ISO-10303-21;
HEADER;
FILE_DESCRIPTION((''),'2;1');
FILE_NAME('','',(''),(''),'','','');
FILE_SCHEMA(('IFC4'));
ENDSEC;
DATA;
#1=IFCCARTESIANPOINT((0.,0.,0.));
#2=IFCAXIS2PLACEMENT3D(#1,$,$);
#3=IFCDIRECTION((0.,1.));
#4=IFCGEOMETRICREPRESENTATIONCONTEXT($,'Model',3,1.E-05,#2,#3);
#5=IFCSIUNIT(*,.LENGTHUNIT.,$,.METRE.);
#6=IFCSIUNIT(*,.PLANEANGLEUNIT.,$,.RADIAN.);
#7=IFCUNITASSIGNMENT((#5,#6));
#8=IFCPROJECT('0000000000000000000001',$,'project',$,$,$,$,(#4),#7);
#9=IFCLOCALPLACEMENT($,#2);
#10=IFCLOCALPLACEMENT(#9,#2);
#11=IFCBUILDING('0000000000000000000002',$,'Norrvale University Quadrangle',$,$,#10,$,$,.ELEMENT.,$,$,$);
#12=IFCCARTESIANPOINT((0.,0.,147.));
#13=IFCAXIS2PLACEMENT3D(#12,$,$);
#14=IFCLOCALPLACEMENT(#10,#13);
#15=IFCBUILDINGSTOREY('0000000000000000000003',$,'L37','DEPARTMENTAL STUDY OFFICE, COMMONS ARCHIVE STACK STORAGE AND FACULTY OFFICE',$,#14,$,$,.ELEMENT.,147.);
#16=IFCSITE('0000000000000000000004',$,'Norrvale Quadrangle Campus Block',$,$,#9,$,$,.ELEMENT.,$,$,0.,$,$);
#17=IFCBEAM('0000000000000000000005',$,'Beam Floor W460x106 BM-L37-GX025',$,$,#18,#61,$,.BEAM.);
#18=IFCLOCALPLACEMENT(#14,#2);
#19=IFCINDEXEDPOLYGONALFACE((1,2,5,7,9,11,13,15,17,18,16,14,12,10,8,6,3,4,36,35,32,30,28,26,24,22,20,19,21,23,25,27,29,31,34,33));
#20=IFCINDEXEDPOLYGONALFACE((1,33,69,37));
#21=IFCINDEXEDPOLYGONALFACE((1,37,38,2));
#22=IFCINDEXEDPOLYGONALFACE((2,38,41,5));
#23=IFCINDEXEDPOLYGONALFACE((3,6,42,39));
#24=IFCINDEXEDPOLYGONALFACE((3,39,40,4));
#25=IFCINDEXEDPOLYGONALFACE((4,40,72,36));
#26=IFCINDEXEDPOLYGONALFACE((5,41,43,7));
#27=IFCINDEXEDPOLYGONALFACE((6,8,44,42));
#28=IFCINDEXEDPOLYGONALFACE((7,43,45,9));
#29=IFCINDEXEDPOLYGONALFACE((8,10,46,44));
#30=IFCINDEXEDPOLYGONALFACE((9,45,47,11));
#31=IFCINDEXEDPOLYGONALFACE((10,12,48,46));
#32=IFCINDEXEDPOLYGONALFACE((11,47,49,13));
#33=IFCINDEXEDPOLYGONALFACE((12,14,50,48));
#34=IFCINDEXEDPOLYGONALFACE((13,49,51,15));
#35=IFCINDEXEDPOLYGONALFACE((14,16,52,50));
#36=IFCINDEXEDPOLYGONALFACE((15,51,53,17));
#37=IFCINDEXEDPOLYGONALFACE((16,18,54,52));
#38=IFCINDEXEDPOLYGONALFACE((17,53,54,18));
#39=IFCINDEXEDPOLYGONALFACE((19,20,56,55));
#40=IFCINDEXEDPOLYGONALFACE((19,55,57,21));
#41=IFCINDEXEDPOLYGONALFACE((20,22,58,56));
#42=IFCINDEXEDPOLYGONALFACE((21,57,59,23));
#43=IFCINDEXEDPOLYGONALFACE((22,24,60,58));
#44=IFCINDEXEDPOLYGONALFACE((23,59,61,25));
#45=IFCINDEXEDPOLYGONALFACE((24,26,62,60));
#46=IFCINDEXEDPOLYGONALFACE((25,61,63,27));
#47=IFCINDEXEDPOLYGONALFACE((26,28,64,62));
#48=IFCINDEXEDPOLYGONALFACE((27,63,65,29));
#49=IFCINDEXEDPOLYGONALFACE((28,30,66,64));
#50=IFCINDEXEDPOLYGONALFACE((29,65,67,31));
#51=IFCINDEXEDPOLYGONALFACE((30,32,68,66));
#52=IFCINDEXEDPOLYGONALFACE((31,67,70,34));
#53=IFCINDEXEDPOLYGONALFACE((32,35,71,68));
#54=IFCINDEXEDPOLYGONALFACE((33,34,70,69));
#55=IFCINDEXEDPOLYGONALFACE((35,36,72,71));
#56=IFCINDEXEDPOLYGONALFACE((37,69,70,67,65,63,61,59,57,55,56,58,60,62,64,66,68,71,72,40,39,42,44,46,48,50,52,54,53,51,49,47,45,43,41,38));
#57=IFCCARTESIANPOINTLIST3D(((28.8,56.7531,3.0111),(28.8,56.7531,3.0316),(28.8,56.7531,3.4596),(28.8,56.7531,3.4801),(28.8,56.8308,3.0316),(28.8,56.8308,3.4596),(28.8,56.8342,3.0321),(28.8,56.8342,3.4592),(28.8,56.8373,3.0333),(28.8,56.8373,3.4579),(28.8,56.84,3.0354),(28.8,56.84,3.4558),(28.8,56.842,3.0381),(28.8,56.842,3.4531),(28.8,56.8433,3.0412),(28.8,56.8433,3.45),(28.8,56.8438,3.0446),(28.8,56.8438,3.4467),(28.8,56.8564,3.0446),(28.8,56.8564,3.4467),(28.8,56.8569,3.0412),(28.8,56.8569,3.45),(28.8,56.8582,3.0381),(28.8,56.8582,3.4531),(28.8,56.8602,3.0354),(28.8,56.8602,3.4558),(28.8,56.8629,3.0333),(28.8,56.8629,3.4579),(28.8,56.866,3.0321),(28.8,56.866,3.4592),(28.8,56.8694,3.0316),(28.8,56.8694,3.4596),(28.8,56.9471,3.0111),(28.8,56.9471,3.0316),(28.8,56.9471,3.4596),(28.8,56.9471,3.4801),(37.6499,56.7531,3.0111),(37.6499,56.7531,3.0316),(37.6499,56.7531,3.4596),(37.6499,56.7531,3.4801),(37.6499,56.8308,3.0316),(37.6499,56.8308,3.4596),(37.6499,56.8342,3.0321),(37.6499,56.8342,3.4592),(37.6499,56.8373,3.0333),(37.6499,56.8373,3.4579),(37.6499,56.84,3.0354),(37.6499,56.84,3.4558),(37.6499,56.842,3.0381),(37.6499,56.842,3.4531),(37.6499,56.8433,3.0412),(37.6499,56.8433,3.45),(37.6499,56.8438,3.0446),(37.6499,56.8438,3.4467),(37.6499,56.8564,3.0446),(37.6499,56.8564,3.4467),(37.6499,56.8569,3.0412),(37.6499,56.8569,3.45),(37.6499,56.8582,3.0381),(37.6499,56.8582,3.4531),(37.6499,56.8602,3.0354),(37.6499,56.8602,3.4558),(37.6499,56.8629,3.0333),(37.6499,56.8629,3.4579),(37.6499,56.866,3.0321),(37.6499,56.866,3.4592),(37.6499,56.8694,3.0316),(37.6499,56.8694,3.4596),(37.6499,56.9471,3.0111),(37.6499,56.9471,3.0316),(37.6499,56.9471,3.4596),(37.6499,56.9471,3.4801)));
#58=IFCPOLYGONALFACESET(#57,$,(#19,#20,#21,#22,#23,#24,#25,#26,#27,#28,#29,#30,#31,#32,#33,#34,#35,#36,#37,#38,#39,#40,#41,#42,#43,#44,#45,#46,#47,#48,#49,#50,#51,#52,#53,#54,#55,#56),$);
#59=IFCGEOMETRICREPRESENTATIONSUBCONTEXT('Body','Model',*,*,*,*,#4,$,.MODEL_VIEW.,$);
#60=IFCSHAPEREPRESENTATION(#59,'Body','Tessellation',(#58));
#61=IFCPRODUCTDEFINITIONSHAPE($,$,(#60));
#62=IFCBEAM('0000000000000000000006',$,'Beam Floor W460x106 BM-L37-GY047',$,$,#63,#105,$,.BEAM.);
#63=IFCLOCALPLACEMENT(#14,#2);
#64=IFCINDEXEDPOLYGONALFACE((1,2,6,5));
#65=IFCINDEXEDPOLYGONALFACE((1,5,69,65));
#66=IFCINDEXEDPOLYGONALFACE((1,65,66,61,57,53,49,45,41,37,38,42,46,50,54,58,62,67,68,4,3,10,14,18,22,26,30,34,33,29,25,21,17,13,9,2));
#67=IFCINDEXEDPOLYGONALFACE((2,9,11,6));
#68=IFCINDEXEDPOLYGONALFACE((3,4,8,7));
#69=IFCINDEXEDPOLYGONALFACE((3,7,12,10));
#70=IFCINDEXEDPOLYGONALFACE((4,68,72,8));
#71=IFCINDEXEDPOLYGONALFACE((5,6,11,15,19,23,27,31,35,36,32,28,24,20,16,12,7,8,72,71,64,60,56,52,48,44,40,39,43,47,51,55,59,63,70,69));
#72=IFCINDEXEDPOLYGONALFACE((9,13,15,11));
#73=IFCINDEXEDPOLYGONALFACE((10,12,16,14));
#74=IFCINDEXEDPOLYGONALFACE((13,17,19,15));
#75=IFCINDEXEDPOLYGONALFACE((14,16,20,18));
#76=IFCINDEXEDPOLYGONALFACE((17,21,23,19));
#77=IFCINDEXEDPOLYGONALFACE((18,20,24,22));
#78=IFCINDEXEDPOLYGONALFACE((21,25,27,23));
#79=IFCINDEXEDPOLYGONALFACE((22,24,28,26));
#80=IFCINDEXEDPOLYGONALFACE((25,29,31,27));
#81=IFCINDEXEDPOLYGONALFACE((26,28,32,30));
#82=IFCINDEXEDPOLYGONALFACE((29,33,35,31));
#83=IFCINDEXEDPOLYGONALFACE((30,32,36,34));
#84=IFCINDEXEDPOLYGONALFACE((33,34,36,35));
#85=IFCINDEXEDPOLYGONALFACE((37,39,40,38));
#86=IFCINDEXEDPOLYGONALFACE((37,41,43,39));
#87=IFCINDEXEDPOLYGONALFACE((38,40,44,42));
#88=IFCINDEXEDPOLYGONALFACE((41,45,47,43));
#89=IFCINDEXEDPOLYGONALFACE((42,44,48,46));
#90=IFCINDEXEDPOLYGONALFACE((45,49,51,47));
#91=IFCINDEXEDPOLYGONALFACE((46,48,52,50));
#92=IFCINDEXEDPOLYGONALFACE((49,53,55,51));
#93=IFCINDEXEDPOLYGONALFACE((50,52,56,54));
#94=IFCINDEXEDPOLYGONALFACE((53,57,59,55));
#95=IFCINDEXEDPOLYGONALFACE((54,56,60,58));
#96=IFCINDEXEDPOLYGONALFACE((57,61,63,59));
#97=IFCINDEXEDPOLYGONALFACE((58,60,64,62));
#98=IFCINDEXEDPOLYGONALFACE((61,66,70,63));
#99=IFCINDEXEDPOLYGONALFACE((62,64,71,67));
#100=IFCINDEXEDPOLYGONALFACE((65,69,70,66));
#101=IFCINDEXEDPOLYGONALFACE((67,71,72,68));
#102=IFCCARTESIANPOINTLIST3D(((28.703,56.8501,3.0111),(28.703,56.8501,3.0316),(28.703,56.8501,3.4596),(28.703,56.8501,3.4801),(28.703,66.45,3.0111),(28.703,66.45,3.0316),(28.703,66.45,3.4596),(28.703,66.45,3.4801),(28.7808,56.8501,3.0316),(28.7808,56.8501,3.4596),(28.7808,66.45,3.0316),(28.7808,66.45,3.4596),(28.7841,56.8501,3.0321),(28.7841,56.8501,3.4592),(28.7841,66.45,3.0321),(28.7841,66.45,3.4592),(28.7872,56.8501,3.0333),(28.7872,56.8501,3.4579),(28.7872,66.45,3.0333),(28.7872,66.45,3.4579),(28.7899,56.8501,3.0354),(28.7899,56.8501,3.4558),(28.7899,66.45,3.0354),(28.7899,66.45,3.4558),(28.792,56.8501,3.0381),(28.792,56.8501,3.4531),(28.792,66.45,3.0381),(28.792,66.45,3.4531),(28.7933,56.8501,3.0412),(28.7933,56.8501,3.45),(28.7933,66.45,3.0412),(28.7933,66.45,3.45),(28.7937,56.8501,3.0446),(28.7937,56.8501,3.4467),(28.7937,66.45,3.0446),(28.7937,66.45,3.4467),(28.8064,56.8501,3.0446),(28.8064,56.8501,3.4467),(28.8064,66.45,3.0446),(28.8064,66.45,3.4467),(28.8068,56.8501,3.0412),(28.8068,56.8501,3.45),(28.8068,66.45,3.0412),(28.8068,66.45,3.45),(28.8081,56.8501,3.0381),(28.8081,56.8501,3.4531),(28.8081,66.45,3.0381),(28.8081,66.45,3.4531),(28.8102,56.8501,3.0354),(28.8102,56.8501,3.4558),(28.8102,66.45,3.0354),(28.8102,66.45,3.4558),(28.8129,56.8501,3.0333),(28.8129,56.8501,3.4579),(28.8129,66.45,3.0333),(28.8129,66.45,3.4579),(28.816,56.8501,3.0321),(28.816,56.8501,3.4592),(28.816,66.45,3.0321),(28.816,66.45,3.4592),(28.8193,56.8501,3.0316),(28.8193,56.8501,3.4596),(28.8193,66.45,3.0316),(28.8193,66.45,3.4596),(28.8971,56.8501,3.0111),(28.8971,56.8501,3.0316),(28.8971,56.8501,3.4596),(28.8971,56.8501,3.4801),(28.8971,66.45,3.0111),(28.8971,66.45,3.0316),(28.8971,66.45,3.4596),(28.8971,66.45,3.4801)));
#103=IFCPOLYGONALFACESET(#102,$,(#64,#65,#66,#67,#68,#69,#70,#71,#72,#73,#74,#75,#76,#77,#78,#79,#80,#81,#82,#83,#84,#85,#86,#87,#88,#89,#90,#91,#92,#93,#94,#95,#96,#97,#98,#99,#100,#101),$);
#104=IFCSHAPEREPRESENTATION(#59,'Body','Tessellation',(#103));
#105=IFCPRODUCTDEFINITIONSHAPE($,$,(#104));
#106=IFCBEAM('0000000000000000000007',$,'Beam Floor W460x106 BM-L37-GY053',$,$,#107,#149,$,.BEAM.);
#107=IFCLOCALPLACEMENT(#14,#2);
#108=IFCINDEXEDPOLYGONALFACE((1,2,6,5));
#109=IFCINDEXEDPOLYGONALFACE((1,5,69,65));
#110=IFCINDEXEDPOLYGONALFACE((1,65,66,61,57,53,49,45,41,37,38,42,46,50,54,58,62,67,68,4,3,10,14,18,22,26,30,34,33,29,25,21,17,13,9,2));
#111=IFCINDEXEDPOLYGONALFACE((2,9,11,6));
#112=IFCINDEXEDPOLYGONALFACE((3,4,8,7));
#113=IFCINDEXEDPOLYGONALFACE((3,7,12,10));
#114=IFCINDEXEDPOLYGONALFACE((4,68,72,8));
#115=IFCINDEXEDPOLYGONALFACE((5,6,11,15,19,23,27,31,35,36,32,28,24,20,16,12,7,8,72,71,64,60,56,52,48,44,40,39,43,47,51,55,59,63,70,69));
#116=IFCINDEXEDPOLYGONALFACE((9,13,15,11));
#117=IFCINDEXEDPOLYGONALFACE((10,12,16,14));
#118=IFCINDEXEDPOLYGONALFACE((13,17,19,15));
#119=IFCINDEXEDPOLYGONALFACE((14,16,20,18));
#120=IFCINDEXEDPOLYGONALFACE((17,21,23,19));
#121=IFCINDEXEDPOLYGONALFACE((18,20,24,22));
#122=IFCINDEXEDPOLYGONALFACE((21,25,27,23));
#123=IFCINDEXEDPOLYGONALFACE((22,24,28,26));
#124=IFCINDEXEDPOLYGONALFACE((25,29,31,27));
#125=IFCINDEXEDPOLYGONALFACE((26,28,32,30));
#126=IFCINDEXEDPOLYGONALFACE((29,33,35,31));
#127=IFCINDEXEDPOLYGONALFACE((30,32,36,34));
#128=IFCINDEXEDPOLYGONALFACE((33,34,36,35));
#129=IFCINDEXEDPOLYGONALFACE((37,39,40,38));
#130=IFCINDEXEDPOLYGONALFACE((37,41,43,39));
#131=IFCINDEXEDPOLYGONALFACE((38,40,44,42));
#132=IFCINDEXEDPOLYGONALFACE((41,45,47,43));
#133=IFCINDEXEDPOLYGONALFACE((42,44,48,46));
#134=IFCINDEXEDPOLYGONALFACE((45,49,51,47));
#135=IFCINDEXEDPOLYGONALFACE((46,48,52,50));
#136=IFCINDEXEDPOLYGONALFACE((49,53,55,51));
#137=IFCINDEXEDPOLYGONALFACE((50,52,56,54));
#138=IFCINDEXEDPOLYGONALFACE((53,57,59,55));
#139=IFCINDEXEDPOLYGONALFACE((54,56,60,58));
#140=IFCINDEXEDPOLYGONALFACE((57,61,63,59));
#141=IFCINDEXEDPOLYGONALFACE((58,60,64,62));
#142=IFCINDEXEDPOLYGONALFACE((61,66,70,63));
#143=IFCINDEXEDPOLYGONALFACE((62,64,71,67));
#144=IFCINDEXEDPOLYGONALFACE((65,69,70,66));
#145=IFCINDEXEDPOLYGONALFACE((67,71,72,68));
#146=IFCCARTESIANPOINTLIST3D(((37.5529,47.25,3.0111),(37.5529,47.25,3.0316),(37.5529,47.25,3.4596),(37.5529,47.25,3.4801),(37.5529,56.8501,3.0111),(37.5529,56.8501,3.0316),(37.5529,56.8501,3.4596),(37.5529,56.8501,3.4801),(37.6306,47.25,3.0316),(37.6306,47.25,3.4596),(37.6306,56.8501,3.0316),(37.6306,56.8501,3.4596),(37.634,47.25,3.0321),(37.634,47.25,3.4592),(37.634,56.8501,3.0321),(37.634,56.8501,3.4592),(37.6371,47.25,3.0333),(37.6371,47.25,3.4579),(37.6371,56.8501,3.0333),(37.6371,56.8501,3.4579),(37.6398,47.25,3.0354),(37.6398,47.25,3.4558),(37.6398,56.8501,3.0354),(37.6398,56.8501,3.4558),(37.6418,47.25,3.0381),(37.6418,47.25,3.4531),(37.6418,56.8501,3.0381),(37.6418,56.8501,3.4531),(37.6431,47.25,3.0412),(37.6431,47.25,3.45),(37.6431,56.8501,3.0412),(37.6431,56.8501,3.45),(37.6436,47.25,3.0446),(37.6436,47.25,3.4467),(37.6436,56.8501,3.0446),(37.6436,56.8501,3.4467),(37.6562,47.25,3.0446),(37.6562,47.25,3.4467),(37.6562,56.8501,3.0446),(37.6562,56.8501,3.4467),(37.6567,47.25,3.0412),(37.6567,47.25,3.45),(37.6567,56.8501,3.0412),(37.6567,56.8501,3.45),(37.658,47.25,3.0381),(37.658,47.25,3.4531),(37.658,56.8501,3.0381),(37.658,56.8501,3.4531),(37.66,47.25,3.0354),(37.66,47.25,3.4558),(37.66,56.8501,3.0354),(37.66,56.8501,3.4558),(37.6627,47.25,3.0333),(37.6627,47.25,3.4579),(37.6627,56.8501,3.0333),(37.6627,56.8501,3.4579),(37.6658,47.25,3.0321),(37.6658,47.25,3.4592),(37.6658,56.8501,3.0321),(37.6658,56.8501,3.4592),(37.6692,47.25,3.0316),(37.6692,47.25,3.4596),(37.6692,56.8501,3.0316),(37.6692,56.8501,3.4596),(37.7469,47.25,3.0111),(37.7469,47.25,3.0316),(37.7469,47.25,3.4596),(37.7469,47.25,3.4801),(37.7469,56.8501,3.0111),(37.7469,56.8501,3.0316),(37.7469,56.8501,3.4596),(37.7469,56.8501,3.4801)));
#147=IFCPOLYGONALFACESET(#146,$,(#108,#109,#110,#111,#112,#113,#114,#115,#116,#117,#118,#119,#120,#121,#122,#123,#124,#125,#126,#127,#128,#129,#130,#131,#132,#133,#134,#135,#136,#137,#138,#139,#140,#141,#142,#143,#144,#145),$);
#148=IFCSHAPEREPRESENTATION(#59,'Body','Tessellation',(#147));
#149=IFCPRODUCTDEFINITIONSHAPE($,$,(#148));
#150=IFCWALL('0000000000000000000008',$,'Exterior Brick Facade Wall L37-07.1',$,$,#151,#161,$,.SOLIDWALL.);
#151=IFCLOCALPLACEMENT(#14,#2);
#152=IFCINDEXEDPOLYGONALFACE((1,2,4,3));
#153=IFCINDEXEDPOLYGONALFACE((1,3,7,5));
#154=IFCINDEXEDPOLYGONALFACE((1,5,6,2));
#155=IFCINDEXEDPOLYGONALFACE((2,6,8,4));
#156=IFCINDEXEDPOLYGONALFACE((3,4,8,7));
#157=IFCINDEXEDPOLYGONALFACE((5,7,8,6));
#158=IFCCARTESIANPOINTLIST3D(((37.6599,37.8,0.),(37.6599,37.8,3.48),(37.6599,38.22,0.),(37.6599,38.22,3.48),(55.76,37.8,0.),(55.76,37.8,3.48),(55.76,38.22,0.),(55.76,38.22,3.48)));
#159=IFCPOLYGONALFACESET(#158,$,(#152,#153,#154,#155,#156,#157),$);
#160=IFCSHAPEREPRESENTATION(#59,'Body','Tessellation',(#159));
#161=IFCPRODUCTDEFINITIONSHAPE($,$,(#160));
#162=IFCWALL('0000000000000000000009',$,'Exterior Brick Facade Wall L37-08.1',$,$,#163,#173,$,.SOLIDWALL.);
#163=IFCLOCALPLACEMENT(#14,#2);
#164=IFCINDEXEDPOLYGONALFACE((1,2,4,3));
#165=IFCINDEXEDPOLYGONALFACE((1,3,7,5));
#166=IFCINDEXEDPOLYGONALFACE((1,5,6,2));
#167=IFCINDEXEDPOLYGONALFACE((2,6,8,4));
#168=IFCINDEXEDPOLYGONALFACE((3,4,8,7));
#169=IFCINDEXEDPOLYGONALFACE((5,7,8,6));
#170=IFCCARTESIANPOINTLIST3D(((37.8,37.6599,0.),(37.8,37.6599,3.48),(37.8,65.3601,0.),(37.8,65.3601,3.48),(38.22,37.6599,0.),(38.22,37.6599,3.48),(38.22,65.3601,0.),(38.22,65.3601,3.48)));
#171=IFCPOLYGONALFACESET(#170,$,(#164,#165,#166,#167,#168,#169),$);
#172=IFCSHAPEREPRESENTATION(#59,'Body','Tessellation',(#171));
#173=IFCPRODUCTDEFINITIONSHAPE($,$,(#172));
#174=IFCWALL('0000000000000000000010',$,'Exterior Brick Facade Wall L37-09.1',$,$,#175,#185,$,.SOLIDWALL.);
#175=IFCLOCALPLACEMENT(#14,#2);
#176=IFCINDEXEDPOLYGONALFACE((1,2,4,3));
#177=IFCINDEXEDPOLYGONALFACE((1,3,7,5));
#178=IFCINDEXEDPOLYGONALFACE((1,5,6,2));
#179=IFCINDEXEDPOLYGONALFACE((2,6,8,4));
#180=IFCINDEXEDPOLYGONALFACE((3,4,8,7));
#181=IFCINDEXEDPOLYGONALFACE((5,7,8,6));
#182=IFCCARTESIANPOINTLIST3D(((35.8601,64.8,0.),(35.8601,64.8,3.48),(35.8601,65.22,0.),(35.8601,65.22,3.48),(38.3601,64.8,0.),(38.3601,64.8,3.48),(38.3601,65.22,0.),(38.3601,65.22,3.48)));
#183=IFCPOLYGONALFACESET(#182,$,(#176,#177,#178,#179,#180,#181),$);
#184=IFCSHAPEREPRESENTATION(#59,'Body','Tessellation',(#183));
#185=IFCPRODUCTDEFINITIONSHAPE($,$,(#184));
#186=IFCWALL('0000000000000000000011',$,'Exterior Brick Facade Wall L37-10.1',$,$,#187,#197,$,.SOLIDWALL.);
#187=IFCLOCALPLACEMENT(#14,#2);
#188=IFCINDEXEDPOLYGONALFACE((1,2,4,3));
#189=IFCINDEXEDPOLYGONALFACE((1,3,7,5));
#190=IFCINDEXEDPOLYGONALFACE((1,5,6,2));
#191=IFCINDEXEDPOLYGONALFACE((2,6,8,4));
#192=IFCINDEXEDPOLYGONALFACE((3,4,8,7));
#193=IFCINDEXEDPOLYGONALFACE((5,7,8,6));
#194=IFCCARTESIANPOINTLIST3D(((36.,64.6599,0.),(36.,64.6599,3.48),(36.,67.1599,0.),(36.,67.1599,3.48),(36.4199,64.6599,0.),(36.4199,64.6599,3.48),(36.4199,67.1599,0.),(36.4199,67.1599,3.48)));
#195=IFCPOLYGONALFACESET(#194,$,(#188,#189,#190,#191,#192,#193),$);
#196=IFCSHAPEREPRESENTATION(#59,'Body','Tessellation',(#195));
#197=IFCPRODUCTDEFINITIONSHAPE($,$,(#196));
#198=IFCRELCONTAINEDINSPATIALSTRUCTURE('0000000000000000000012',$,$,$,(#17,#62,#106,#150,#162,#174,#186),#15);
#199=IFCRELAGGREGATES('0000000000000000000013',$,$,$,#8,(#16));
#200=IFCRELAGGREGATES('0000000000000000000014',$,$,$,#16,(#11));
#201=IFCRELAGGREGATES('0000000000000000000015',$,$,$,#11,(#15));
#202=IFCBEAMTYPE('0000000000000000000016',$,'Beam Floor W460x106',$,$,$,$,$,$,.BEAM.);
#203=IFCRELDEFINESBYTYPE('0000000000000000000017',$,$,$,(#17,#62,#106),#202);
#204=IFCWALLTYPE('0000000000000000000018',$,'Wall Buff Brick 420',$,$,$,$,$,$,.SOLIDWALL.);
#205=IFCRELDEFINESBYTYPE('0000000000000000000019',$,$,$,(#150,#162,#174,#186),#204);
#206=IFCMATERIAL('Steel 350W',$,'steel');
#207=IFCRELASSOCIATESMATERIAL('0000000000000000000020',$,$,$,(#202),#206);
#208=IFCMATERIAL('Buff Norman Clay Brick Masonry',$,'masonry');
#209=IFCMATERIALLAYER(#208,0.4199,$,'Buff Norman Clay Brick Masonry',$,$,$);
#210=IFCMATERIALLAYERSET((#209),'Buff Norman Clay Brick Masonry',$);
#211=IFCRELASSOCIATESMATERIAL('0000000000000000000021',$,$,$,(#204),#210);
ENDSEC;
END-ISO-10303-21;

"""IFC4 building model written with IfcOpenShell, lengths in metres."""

from ifc_helpers import new_model, si_unit, direction, frame, frame_2d, origin, origin_2d, place, context, subcontext, project, spatial, rectangle, i_section, extrude, material, layer, layer_set, material_profile, profile_set, type_object, element, save


model = new_model("IFC4")

# Units and contexts
model_context = context("Model", 3, precision=1e-05, world=origin(), true_north=direction((0.0, 1.0)))
body_context = subcontext(model_context, "Body", "Model", "MODEL_VIEW")
ifc_project = project(units=[si_unit("LENGTHUNIT", "METRE"), si_unit("PLANEANGLEUNIT", "RADIAN")], contexts=[model_context])

# Site, building, storey
site_placement = place(None, origin())
site = spatial("IfcSite", under=ifc_project, at=site_placement, Name="Norrvale Quadrangle Campus Block", CompositionType="ELEMENT", RefElevation=0.0)
building_placement = place(site_placement, origin())
building = spatial("IfcBuilding", under=site, at=building_placement, Name="Norrvale University Quadrangle", CompositionType="ELEMENT")
storey_placement = place(building_placement, frame((0.0, 0.0, 147.0)))
storey = spatial("IfcBuildingStorey", under=building, at=storey_placement, Name="L37", Description="DEPARTMENTAL STUDY OFFICE, COMMONS ARCHIVE STACK STORAGE AND FACULTY OFFICE", CompositionType="ELEMENT", Elevation=147.0)

# Beams
ifc_material_1 = material(Name="Steel 350W", Category="steel")
ifc_material_profile_1 = material_profile(ifc_material_1, i_section(OverallWidth=0.1941, OverallDepth=0.469, WebThickness=0.0127, FlangeThickness=0.0205, FilletRadius=0.0129, at=origin_2d()), Name="Steel 350W")
ifc_profile_set_1 = profile_set([ifc_material_profile_1], Name="Steel 350W")
beam_type_1 = type_object("IfcBeamType", Name="Beam Floor W460x106", PredefinedType="BEAM", material=ifc_profile_set_1)
beam_1_placement = place(storey_placement, frame((28.8, 56.8501, 3.2456), z_axis=(1.0, 0.0, 0.0), x_axis=(0.0, 1.0, 0.0)))
element("IfcBeam", 1, at=beam_1_placement, inside=storey, type_object=beam_type_1, Name="Beam Floor W460x106 BM-L37-GX025", PredefinedType="BEAM", context=body_context, shape_type="SweptSolid", body=[
    extrude(i_section(OverallWidth=0.1941, OverallDepth=0.469, WebThickness=0.0127, FlangeThickness=0.0205, FilletRadius=0.0129, at=origin_2d()), origin(), (0.0, 0.0, 1.0), 8.8499),
])
beam_2_placement = place(storey_placement, frame((28.8, 56.8501, 3.2456), z_axis=(0.0, 1.0, 0.0), x_axis=(-1.0, 0.0, 0.0)))
element("IfcBeam", 2, at=beam_2_placement, inside=storey, type_object=beam_type_1, Name="Beam Floor W460x106 BM-L37-GY047", PredefinedType="BEAM", context=body_context, shape_type="SweptSolid", body=[
    extrude(i_section(OverallWidth=0.1941, OverallDepth=0.469, WebThickness=0.0127, FlangeThickness=0.0205, FilletRadius=0.0129, at=origin_2d()), origin(), (0.0, 0.0, 1.0), 9.5999),
])
beam_3_placement = place(storey_placement, frame((37.6499, 47.25, 3.2456), z_axis=(0.0, 1.0, 0.0), x_axis=(-1.0, 0.0, 0.0)))
element("IfcBeam", 3, at=beam_3_placement, inside=storey, type_object=beam_type_1, Name="Beam Floor W460x106 BM-L37-GY053", PredefinedType="BEAM", context=body_context, shape_type="SweptSolid", body=[
    extrude(i_section(OverallWidth=0.1941, OverallDepth=0.469, WebThickness=0.0127, FlangeThickness=0.0205, FilletRadius=0.0129, at=origin_2d()), origin(), (0.0, 0.0, 1.0), 9.6001),
])

# Walls
ifc_material_2 = material(Name="Buff Norman Clay Brick Masonry", Category="masonry")
ifc_layer_1 = layer(ifc_material_2, 0.4199, Name="Buff Norman Clay Brick Masonry")
ifc_layer_set_1 = layer_set([ifc_layer_1], Name="Buff Norman Clay Brick Masonry")
wall_type_1 = type_object("IfcWallType", Name="Wall Buff Brick 420", PredefinedType="SOLIDWALL", material=ifc_layer_set_1)
wall_1_placement = place(storey_placement, frame((55.76, 38.01, 0.0), z_axis=(0.0, 0.0, 1.0), x_axis=(-1.0, 0.0, 0.0)))
element("IfcWall", 4, at=wall_1_placement, inside=storey, type_object=wall_type_1, Name="Exterior Brick Facade Wall L37-07.1", PredefinedType="SOLIDWALL", context=body_context, shape_type="SweptSolid", body=[
    extrude(rectangle(XDim=18.1001, YDim=0.4199, at=frame_2d((9.05, 0.0))), origin(), (0.0, 0.0, 1.0), 3.48),
])
wall_2_placement = place(storey_placement, frame((38.01, 37.6599, 0.0), z_axis=(0.0, 0.0, 1.0), x_axis=(0.0, 1.0, 0.0)))
element("IfcWall", 5, at=wall_2_placement, inside=storey, type_object=wall_type_1, Name="Exterior Brick Facade Wall L37-08.1", PredefinedType="SOLIDWALL", context=body_context, shape_type="SweptSolid", body=[
    extrude(rectangle(XDim=27.7002, YDim=0.4199, at=frame_2d((13.8501, 0.0))), origin(), (0.0, 0.0, 1.0), 3.48),
])
for number, where, z_axis, x_axis, name in (
    (6, (38.3601, 65.01, 0.0), (0.0, 0.0, 1.0), (-1.0, 0.0, 0.0), "Exterior Brick Facade Wall L37-09.1"),
    (7, (36.21, 64.6599, 0.0), (0.0, 0.0, 1.0), (0.0, 1.0, 0.0), "Exterior Brick Facade Wall L37-10.1"),
):
    element("IfcWall", number, at=place(storey_placement, frame(where, z_axis=z_axis, x_axis=x_axis)), inside=storey, type_object=wall_type_1, Name=name, PredefinedType="SOLIDWALL", context=body_context, shape_type="SweptSolid", body=[
        extrude(rectangle(XDim=2.5, YDim=0.4199, at=frame_2d((1.25, 0.0))), origin(), (0.0, 0.0, 1.0), 3.48),
    ])

save(model, "model.ifc")
